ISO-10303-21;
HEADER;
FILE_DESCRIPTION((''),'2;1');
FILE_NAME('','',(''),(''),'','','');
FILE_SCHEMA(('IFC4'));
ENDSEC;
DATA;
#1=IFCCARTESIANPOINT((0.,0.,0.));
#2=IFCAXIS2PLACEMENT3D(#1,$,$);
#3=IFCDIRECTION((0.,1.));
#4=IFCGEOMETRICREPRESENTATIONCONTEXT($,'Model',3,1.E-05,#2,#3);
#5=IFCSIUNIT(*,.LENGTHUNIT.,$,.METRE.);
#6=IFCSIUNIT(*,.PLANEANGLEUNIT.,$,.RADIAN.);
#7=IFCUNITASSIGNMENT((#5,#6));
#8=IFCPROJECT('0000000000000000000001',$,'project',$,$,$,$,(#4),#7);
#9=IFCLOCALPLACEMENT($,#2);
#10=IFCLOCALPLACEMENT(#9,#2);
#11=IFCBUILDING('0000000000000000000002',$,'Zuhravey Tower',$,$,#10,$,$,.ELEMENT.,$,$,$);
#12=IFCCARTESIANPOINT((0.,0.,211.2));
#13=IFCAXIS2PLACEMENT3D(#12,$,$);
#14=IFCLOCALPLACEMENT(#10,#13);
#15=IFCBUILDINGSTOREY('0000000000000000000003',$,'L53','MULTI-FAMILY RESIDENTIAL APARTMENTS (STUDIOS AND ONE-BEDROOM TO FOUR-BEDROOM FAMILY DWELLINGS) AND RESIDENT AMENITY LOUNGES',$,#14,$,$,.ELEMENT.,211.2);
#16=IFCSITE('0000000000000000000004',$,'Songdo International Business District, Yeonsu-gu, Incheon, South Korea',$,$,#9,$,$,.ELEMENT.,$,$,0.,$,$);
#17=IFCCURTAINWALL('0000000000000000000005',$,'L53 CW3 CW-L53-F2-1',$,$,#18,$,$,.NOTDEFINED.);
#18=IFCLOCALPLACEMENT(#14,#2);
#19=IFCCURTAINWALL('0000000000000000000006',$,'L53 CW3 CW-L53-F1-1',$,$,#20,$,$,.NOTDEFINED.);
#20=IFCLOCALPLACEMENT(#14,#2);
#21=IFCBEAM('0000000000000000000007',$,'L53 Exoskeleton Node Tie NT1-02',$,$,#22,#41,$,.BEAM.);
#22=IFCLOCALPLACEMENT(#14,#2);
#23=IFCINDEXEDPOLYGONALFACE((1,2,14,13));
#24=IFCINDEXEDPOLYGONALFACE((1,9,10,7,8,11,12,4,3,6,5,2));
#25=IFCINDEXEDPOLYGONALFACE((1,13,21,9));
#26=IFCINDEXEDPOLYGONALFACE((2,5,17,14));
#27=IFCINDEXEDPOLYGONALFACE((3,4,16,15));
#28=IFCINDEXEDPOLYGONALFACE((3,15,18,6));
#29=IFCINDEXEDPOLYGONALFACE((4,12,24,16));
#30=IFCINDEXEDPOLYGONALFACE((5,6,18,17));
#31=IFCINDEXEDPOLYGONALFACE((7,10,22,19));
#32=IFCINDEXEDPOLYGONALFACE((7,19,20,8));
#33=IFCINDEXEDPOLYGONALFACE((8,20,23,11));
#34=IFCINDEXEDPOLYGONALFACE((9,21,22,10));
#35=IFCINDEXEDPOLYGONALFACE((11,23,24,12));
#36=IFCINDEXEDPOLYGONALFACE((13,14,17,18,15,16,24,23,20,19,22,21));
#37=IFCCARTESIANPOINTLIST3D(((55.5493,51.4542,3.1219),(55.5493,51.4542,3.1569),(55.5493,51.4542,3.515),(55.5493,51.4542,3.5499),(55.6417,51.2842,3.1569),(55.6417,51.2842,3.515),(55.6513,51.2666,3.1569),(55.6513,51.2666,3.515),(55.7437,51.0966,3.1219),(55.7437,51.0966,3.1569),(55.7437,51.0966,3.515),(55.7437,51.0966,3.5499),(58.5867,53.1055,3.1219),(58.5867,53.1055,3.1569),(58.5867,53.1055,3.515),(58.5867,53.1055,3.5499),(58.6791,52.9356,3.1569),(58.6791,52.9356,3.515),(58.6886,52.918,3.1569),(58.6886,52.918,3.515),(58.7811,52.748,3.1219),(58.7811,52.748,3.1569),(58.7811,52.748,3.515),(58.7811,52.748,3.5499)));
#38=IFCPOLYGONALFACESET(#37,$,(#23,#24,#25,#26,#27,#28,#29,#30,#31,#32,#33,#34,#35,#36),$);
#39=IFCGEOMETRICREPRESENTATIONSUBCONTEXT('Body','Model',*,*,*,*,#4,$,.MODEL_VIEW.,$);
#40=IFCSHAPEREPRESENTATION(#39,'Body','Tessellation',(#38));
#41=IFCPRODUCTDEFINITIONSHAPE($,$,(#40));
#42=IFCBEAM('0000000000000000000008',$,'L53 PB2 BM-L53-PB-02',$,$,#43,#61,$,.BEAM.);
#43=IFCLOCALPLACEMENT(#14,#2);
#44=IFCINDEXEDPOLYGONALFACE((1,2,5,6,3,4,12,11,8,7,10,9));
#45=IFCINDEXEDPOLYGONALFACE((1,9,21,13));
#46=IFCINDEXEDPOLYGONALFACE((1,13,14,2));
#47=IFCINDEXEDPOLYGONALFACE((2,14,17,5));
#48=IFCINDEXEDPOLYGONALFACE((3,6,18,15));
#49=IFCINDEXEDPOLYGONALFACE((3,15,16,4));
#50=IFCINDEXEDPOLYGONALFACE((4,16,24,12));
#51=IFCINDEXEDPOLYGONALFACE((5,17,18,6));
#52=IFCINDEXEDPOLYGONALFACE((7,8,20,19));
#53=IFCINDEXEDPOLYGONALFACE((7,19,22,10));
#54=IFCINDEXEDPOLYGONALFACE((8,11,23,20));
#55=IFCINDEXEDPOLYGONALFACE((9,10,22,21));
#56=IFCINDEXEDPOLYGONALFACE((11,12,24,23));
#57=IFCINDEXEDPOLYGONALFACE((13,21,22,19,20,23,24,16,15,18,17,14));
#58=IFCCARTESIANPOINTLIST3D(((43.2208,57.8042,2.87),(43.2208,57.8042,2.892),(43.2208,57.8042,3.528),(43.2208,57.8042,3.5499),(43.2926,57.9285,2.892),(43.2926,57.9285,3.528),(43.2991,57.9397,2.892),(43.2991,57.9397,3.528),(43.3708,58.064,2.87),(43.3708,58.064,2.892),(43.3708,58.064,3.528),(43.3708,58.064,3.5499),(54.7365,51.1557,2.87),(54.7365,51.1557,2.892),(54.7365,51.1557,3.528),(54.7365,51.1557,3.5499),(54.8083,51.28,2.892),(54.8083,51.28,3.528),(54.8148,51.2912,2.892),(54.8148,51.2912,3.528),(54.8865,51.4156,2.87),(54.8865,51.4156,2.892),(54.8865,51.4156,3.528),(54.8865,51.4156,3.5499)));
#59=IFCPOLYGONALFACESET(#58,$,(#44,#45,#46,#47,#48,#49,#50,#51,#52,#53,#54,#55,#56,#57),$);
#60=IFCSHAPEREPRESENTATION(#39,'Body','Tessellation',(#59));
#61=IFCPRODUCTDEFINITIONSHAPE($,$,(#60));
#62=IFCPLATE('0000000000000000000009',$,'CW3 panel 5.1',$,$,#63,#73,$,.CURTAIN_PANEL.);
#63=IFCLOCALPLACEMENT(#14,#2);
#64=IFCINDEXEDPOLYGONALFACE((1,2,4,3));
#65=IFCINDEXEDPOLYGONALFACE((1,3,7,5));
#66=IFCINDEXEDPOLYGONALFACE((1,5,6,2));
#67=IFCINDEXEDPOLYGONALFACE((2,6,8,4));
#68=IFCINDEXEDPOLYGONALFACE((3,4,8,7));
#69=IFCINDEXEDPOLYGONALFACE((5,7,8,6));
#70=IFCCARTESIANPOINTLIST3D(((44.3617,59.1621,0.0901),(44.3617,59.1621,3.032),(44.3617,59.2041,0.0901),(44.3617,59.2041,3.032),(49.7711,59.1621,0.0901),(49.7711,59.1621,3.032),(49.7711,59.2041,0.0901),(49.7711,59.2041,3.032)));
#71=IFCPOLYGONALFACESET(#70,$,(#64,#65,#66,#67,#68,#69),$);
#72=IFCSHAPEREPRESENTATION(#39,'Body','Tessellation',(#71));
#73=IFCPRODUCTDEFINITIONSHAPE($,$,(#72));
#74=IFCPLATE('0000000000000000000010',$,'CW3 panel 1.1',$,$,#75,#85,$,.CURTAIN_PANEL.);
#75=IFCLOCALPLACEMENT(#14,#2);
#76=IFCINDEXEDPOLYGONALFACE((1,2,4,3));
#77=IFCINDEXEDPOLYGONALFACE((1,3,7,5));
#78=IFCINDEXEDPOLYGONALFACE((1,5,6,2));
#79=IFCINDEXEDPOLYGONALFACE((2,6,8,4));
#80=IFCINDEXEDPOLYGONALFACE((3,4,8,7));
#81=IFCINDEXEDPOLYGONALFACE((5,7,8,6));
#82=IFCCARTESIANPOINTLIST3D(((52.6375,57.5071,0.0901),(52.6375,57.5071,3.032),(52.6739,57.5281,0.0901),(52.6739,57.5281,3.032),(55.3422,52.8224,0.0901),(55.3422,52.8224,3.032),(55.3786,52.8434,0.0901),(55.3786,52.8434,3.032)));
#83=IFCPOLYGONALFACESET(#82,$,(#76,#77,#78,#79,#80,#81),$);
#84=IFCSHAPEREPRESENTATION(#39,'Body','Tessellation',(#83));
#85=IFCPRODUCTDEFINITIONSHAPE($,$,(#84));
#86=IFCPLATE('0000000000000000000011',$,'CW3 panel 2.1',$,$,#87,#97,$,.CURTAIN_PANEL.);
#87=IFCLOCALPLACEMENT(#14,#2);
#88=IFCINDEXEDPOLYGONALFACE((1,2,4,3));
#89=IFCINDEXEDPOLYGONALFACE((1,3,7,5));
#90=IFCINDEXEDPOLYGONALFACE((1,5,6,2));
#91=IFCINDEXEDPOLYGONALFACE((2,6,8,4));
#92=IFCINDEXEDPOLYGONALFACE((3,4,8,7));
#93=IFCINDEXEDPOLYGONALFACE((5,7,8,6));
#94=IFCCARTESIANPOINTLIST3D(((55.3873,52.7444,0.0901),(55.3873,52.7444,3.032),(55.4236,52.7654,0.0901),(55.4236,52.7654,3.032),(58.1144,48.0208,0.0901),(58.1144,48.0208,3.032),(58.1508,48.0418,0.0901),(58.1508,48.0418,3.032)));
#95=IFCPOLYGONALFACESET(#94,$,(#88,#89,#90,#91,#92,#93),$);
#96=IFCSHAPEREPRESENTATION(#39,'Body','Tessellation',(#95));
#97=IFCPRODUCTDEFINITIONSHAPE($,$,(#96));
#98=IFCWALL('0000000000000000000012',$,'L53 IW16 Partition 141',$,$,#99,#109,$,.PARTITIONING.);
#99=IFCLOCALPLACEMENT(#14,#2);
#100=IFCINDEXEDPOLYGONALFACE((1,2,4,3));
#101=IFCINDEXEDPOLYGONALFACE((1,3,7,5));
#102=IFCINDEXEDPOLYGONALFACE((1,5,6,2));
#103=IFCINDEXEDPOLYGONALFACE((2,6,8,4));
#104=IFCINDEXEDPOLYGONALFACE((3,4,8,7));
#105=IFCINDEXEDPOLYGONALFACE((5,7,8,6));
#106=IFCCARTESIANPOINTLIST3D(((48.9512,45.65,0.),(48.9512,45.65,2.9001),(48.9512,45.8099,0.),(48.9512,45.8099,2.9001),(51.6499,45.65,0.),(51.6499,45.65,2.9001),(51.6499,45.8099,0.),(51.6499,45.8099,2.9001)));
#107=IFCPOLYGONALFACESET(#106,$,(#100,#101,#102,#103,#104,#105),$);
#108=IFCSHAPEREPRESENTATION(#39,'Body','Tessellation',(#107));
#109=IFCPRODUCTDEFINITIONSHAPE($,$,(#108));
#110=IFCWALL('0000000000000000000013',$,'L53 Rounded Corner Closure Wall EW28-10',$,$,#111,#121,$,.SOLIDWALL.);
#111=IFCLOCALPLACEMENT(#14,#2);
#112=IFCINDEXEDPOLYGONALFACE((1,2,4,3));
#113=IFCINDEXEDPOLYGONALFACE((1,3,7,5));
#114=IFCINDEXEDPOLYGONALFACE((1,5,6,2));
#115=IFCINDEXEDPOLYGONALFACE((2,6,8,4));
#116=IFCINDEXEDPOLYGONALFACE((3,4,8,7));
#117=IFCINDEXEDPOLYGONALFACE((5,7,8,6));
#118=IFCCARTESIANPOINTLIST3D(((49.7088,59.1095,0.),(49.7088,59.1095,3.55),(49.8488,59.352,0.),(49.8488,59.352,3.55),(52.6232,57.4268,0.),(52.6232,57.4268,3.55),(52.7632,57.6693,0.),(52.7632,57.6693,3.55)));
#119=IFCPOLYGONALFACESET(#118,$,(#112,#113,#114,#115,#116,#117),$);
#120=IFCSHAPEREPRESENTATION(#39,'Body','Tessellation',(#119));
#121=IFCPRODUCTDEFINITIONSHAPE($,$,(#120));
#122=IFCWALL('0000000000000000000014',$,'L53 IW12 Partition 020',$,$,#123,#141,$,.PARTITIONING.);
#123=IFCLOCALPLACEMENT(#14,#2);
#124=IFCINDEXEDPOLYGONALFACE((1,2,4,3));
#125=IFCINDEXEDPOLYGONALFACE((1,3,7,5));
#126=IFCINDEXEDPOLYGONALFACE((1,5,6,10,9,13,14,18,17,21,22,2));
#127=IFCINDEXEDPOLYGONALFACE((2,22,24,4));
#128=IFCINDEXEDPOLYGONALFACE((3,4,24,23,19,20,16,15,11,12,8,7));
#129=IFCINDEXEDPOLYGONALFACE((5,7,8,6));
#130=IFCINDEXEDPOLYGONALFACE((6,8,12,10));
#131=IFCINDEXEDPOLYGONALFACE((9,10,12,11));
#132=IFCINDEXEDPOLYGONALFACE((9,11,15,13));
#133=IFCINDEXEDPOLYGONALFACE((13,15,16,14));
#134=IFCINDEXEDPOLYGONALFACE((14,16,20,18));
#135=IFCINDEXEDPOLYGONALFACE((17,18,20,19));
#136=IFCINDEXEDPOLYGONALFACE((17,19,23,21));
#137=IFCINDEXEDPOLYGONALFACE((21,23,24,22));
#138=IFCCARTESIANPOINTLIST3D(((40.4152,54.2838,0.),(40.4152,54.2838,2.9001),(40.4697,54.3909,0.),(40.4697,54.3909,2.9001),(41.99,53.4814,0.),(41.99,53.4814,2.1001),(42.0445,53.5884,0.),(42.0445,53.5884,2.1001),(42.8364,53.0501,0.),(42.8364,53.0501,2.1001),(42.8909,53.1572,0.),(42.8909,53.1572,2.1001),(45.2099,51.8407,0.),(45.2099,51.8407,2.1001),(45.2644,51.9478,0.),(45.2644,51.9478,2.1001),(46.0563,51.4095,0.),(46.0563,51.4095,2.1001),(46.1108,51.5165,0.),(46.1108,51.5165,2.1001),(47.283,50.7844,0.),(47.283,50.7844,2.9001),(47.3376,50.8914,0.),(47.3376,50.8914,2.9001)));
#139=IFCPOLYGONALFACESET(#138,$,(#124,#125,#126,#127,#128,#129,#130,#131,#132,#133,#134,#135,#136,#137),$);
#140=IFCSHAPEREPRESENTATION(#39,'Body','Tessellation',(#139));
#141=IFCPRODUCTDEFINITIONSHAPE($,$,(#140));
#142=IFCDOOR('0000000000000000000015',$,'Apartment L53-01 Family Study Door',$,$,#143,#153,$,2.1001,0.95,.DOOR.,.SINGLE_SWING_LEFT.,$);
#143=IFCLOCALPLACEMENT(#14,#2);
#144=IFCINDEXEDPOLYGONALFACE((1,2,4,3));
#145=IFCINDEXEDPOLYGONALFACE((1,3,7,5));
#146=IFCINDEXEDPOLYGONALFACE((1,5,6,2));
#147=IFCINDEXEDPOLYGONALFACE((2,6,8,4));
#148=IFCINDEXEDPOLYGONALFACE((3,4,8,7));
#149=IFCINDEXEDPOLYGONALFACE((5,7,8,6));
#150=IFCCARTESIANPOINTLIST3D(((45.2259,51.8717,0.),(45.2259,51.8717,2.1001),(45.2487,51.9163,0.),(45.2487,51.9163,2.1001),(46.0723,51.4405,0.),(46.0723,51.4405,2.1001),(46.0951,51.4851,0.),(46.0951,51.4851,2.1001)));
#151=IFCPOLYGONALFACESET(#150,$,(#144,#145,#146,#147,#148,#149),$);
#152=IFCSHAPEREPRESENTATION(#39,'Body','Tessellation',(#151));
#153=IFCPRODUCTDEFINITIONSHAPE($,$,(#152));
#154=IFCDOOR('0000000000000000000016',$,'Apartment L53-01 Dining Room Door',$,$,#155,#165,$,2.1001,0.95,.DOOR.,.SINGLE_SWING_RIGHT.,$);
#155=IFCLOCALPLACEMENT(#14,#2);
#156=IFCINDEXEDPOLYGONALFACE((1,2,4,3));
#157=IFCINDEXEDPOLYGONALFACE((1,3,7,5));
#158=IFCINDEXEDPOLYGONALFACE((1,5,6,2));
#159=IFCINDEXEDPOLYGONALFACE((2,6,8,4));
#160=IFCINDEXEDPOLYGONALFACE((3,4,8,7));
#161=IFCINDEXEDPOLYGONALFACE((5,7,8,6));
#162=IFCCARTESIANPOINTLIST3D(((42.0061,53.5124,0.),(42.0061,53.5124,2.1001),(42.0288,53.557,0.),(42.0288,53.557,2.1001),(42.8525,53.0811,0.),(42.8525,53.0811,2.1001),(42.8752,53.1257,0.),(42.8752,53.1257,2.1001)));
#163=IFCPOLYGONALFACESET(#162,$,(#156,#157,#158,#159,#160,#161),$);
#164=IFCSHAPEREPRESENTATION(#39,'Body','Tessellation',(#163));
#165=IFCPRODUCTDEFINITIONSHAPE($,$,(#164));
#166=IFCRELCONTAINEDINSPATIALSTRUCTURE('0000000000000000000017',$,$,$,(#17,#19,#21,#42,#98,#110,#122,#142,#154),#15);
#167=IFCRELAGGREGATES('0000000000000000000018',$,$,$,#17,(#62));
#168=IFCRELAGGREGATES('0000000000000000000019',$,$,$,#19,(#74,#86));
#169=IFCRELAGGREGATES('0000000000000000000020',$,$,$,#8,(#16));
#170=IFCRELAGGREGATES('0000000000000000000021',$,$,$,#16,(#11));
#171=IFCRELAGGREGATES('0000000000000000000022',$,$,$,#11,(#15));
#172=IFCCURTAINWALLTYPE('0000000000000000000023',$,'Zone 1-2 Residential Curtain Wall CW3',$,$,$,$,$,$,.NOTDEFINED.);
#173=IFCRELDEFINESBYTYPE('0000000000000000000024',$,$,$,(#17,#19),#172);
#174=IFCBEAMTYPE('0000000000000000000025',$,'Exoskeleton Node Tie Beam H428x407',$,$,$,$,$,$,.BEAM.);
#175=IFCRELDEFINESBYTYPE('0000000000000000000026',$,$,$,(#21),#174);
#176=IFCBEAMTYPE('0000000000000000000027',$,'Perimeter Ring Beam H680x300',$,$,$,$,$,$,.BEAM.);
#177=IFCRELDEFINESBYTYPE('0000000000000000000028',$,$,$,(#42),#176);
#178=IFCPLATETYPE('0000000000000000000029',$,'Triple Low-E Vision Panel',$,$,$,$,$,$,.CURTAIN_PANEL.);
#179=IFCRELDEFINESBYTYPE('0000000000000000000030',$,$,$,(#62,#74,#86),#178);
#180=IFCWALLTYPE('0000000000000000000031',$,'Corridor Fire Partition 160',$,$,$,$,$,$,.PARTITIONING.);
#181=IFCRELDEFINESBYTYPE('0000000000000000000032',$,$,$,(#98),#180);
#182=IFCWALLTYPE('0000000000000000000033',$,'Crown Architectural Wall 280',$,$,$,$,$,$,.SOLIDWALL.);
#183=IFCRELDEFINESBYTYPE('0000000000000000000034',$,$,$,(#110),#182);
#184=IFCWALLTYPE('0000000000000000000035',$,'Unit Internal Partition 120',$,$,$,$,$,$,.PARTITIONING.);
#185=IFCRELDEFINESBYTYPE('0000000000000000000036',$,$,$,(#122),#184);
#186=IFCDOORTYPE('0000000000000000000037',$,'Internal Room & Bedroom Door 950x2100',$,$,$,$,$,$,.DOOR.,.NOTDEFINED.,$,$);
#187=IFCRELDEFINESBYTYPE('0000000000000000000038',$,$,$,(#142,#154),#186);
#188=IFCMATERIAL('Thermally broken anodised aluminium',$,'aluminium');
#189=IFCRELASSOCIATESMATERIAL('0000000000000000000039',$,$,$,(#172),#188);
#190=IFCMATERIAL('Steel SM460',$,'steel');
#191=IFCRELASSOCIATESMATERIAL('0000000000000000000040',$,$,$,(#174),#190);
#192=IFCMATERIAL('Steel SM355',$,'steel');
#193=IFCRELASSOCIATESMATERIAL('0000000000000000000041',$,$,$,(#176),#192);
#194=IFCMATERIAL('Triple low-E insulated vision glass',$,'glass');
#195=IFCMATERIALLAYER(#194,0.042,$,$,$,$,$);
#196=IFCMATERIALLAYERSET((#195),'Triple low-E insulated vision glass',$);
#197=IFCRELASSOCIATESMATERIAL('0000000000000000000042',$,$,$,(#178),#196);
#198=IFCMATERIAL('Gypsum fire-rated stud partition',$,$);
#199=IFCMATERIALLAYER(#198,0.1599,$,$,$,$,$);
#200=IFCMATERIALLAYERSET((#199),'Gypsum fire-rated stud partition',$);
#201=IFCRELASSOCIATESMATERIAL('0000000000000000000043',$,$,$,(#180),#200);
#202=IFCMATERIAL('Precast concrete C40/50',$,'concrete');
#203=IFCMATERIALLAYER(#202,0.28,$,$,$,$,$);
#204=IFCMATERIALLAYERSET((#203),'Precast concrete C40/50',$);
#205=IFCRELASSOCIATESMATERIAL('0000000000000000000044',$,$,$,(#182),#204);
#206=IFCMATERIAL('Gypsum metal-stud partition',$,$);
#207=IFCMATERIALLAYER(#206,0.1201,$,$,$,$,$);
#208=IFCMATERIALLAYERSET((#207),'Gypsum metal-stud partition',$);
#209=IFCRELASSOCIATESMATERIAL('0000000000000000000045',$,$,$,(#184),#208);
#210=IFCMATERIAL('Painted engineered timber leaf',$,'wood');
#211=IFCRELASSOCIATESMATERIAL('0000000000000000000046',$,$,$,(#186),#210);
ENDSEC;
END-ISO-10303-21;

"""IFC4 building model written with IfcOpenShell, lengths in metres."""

from ifc_helpers import new_model, si_unit, direction, frame, frame_2d, origin, origin_2d, place, context, subcontext, project, spatial, rectangle, i_section, extrude, material, layer, layer_set, material_profile, profile_set, type_object, element, fill, aggregate, save


model = new_model("IFC4")

# Units and contexts
model_context = context("Model", 3, precision=1e-05, world=origin(), true_north=direction((0.0, 1.0)))
body_context = subcontext(model_context, "Body", "Model", "MODEL_VIEW")
ifc_project = project(units=[si_unit("LENGTHUNIT", "METRE"), si_unit("PLANEANGLEUNIT", "RADIAN")], contexts=[model_context])

# Site, building, storey
site_placement = place(None, origin())
site = spatial("IfcSite", under=ifc_project, at=site_placement, Name="Songdo International Business District, Yeonsu-gu, Incheon, South Korea", CompositionType="ELEMENT", RefElevation=0.0)
building_placement = place(site_placement, origin())
building = spatial("IfcBuilding", under=site, at=building_placement, Name="Zuhravey Tower", CompositionType="ELEMENT")
storey_placement = place(building_placement, frame((0.0, 0.0, 211.2)))
storey = spatial("IfcBuildingStorey", under=building, at=storey_placement, Name="L53", Description="MULTI-FAMILY RESIDENTIAL APARTMENTS (STUDIOS AND ONE-BEDROOM TO FOUR-BEDROOM FAMILY DWELLINGS) AND RESIDENT AMENITY LOUNGES", CompositionType="ELEMENT", Elevation=211.2)

# Curtain wall
ifc_material_1 = material(Name="Thermally broken anodised aluminium", Category="aluminium")
curtain_wall_type = type_object("IfcCurtainWallType", Name="Zone 1-2 Residential Curtain Wall CW3", PredefinedType="NOTDEFINED", material=ifc_material_1)
curtain_wall_1_placement = place(storey_placement, origin())
curtain_wall_1 = element("IfcCurtainWall", 1, at=curtain_wall_1_placement, inside=storey, type_object=curtain_wall_type, Name="L53 CW3 CW-L53-F2-1", PredefinedType="NOTDEFINED")

# Curtain wall
curtain_wall_2_placement = place(storey_placement, origin())
curtain_wall_2 = element("IfcCurtainWall", 2, at=curtain_wall_2_placement, inside=storey, type_object=curtain_wall_type, Name="L53 CW3 CW-L53-F1-1", PredefinedType="NOTDEFINED")

# Beams
ifc_material_2 = material(Name="Steel SM460", Category="steel")
ifc_material_profile_1 = material_profile(ifc_material_2, i_section(OverallWidth=0.407, OverallDepth=0.428, WebThickness=0.02, FlangeThickness=0.0349, at=origin_2d()), Name="H-428x407x20x35")
ifc_profile_set_1 = profile_set([ifc_material_profile_1], Name="Steel SM460")
beam_type_1 = type_object("IfcBeamType", Name="Exoskeleton Node Tie Beam H428x407", PredefinedType="BEAM", material=ifc_profile_set_1)
beam_1_placement = place(storey_placement, frame((55.6465, 51.2754, 3.3359), z_axis=(0.878548, 0.477654, 0.0), x_axis=(-0.477654, 0.878548, 0.0)))
element("IfcBeam", 3, at=beam_1_placement, inside=storey, type_object=beam_type_1, Name="L53 Exoskeleton Node Tie NT1-02", PredefinedType="BEAM", context=body_context, shape_type="SweptSolid", body=[
    extrude(i_section(OverallWidth=0.407, OverallDepth=0.428, WebThickness=0.02, FlangeThickness=0.0349, at=origin_2d()), origin(), (0.0, 0.0, 1.0), 3.4573),
])
ifc_material_3 = material(Name="Steel SM355", Category="steel")
ifc_material_profile_2 = material_profile(ifc_material_3, i_section(OverallWidth=0.3, OverallDepth=0.6799, WebThickness=0.0129, FlangeThickness=0.022, at=origin_2d()), Name="H-680x300x13x22")
ifc_profile_set_2 = profile_set([ifc_material_profile_2], Name="Steel SM355")
beam_type_2 = type_object("IfcBeamType", Name="Perimeter Ring Beam H680x300", PredefinedType="BEAM", material=ifc_profile_set_2)
beam_2_placement = place(storey_placement, frame((54.8115, 51.2856, 3.21), z_axis=(-0.866029, 0.499994, 0.0), x_axis=(-0.499994, -0.866029, 0.0)))
element("IfcBeam", 4, at=beam_2_placement, inside=storey, type_object=beam_type_2, Name="L53 PB2 BM-L53-PB-02", PredefinedType="BEAM", context=body_context, shape_type="SweptSolid", body=[
    extrude(i_section(OverallWidth=0.3, OverallDepth=0.6799, WebThickness=0.0129, FlangeThickness=0.022, at=origin_2d()), origin(), (0.0, 0.0, 1.0), 13.2971),
])

# Plates
ifc_material_4 = material(Name="Triple low-E insulated vision glass", Category="glass")
ifc_layer_1 = layer(ifc_material_4, 0.042)
ifc_layer_set_1 = layer_set([ifc_layer_1], Name="Triple low-E insulated vision glass")
plate_type = type_object("IfcPlateType", Name="Triple Low-E Vision Panel", PredefinedType="CURTAIN_PANEL", material=ifc_layer_set_1)
plate_1_placement = place(storey_placement, frame((47.0664, 59.1831, 0.0901), z_axis=(0.0, 0.0, 1.0), x_axis=(1.0, 0.0, 0.0)))
plate_1 = element("IfcPlate", 5, at=plate_1_placement, type_object=plate_type, Name="CW3 panel 5.1", PredefinedType="CURTAIN_PANEL", context=body_context, shape_type="SweptSolid", body=[
    extrude(rectangle(XDim=5.4094, YDim=0.042, at=origin_2d()), origin(), (0.0, 0.0, 1.0), 2.9419),
])
aggregate(curtain_wall_1, [plate_1])
plate_2_placement = place(storey_placement, frame((54.0081, 55.1753, 0.0901), z_axis=(0.0, 0.0, 1.0), x_axis=(0.5, -0.866025, 0.0)))
plate_2 = element("IfcPlate", 6, at=plate_2_placement, type_object=plate_type, Name="CW3 panel 1.1", PredefinedType="CURTAIN_PANEL", context=body_context, shape_type="SweptSolid", body=[
    extrude(rectangle(XDim=5.4094, YDim=0.042, at=origin_2d()), origin(), (0.0, 0.0, 1.0), 2.9419),
])
plate_3_placement = place(storey_placement, frame((56.769, 50.3931, 0.0901), z_axis=(0.0, 0.0, 1.0), x_axis=(0.5, -0.866025, 0.0)))
plate_3 = element("IfcPlate", 7, at=plate_3_placement, type_object=plate_type, Name="CW3 panel 2.1", PredefinedType="CURTAIN_PANEL", context=body_context, shape_type="SweptSolid", body=[
    extrude(rectangle(XDim=5.4543, YDim=0.042, at=origin_2d()), origin(), (0.0, 0.0, 1.0), 2.9419),
])
aggregate(curtain_wall_2, [plate_2, plate_3])

# Walls
ifc_material_5 = material(Name="Gypsum fire-rated stud partition")
ifc_layer_2 = layer(ifc_material_5, 0.1599)
ifc_layer_set_2 = layer_set([ifc_layer_2], Name="Gypsum fire-rated stud partition")
wall_type_1 = type_object("IfcWallType", Name="Corridor Fire Partition 160", PredefinedType="PARTITIONING", material=ifc_layer_set_2)
wall_1_placement = place(storey_placement, frame((51.6499, 45.73, 0.0), z_axis=(0.0, 0.0, 1.0), x_axis=(-1.0, 0.0, 0.0)))
element("IfcWall", 8, at=wall_1_placement, inside=storey, type_object=wall_type_1, Name="L53 IW16 Partition 141", PredefinedType="PARTITIONING", context=body_context, shape_type="SweptSolid", body=[
    extrude(rectangle(XDim=2.6987, YDim=0.1599, at=frame_2d((1.3494, 0.0))), origin(), (0.0, 0.0, 1.0), 2.9001),
])
ifc_material_6 = material(Name="Precast concrete C40/50", Category="concrete")
ifc_layer_3 = layer(ifc_material_6, 0.28)
ifc_layer_set_3 = layer_set([ifc_layer_3], Name="Precast concrete C40/50")
wall_type_2 = type_object("IfcWallType", Name="Crown Architectural Wall 280", PredefinedType="SOLIDWALL", material=ifc_layer_set_3)
wall_2_placement = place(storey_placement, frame((49.7788, 59.2307, 0.0), z_axis=(0.0, 0.0, 1.0), x_axis=(0.86602, -0.500009, 0.0)))
element("IfcWall", 9, at=wall_2_placement, inside=storey, type_object=wall_type_2, Name="L53 Rounded Corner Closure Wall EW28-10", PredefinedType="SOLIDWALL", context=body_context, shape_type="SweptSolid", body=[
    extrude(rectangle(XDim=3.3652, YDim=0.28, at=frame_2d((1.6826, 0.0))), origin(), (0.0, 0.0, 1.0), 3.55),
])

# Wall, openings, doors
ifc_material_7 = material(Name="Gypsum metal-stud partition")
ifc_layer_4 = layer(ifc_material_7, 0.1201)
ifc_layer_set_4 = layer_set([ifc_layer_4], Name="Gypsum metal-stud partition")
wall_type_3 = type_object("IfcWallType", Name="Unit Internal Partition 120", PredefinedType="PARTITIONING", material=ifc_layer_set_4)
wall_3_placement = place(storey_placement, frame((47.3103, 50.8379, 0.0), z_axis=(0.0, 0.0, 1.0), x_axis=(-0.891, 0.454004, 0.0)))
wall_3 = element("IfcWall", 10, at=wall_3_placement, inside=storey, type_object=wall_type_3, Name="L53 IW12 Partition 020", PredefinedType="PARTITIONING", context=body_context, shape_type="SweptSolid", body=[
    extrude(rectangle(XDim=7.708, YDim=0.1201, at=frame_2d((3.854, 0.0))), origin(), (0.0, 0.0, 1.0), 2.9001),
])
opening_1_placement = place(wall_3_placement, frame((1.3767, 0.0, 0.0)))
opening_1 = element("IfcOpeningElement", 11, at=opening_1_placement, cuts=wall_3, PredefinedType="OPENING", context=body_context, shape_type="SweptSolid", body=[
    extrude(rectangle(XDim=0.95, YDim=2.1001, at=frame_2d((0.4751, 1.05))), frame((0.0, 0.072, 0.0), z_axis=(0.0, -1.0, 0.0), x_axis=(1.0, 0.0, 0.0)), (0.0, 0.0, 1.0), 0.144),
])
opening_2_placement = place(wall_3_placement, frame((4.9905, 0.0, 0.0)))
opening_2 = element("IfcOpeningElement", 12, at=opening_2_placement, cuts=wall_3, PredefinedType="OPENING", context=body_context, shape_type="SweptSolid", body=[
    extrude(rectangle(XDim=0.95, YDim=2.1001, at=frame_2d((0.4751, 1.05))), frame((0.0, 0.072, 0.0), z_axis=(0.0, -1.0, 0.0), x_axis=(1.0, 0.0, 0.0)), (0.0, 0.0, 1.0), 0.144),
])
ifc_material_8 = material(Name="Painted engineered timber leaf", Category="wood")
door_type = type_object("IfcDoorType", Name="Internal Room & Bedroom Door 950x2100", OperationType="NOTDEFINED", PredefinedType="DOOR", material=ifc_material_8)
door_1_placement = place(opening_1_placement, frame((0.95, 0.0, 0.0), z_axis=(0.0, 0.0, 1.0), x_axis=(-1.0, 0.0, 0.0)))
door_1 = element("IfcDoor", 13, at=door_1_placement, inside=storey, type_object=door_type, Name="Apartment L53-01 Family Study Door", OperationType="SINGLE_SWING_LEFT", OverallHeight=2.1001, OverallWidth=0.95, PredefinedType="DOOR", context=body_context, shape_type="SweptSolid", body=[
    extrude(rectangle(XDim=0.95, YDim=2.1001, at=frame_2d((0.4751, 1.05))), frame((0.0, 0.0249, 0.0), z_axis=(0.0, -1.0, 0.0), x_axis=(1.0, 0.0, 0.0)), (0.0, 0.0, 1.0), 0.05),
])
fill(opening_1, door_1)
door_2_placement = place(opening_2_placement, frame((0.95, 0.0, 0.0), z_axis=(0.0, 0.0, 1.0), x_axis=(-1.0, 0.0, 0.0)))
door_2 = element("IfcDoor", 14, at=door_2_placement, inside=storey, type_object=door_type, Name="Apartment L53-01 Dining Room Door", OperationType="SINGLE_SWING_RIGHT", OverallHeight=2.1001, OverallWidth=0.95, PredefinedType="DOOR", context=body_context, shape_type="SweptSolid", body=[
    extrude(rectangle(XDim=0.95, YDim=2.1001, at=frame_2d((0.4751, 1.05))), frame((0.0, 0.0249, 0.0), z_axis=(0.0, -1.0, 0.0), x_axis=(1.0, 0.0, 0.0)), (0.0, 0.0, 1.0), 0.05),
])
fill(opening_2, door_2)

save(model, "model.ifc")
